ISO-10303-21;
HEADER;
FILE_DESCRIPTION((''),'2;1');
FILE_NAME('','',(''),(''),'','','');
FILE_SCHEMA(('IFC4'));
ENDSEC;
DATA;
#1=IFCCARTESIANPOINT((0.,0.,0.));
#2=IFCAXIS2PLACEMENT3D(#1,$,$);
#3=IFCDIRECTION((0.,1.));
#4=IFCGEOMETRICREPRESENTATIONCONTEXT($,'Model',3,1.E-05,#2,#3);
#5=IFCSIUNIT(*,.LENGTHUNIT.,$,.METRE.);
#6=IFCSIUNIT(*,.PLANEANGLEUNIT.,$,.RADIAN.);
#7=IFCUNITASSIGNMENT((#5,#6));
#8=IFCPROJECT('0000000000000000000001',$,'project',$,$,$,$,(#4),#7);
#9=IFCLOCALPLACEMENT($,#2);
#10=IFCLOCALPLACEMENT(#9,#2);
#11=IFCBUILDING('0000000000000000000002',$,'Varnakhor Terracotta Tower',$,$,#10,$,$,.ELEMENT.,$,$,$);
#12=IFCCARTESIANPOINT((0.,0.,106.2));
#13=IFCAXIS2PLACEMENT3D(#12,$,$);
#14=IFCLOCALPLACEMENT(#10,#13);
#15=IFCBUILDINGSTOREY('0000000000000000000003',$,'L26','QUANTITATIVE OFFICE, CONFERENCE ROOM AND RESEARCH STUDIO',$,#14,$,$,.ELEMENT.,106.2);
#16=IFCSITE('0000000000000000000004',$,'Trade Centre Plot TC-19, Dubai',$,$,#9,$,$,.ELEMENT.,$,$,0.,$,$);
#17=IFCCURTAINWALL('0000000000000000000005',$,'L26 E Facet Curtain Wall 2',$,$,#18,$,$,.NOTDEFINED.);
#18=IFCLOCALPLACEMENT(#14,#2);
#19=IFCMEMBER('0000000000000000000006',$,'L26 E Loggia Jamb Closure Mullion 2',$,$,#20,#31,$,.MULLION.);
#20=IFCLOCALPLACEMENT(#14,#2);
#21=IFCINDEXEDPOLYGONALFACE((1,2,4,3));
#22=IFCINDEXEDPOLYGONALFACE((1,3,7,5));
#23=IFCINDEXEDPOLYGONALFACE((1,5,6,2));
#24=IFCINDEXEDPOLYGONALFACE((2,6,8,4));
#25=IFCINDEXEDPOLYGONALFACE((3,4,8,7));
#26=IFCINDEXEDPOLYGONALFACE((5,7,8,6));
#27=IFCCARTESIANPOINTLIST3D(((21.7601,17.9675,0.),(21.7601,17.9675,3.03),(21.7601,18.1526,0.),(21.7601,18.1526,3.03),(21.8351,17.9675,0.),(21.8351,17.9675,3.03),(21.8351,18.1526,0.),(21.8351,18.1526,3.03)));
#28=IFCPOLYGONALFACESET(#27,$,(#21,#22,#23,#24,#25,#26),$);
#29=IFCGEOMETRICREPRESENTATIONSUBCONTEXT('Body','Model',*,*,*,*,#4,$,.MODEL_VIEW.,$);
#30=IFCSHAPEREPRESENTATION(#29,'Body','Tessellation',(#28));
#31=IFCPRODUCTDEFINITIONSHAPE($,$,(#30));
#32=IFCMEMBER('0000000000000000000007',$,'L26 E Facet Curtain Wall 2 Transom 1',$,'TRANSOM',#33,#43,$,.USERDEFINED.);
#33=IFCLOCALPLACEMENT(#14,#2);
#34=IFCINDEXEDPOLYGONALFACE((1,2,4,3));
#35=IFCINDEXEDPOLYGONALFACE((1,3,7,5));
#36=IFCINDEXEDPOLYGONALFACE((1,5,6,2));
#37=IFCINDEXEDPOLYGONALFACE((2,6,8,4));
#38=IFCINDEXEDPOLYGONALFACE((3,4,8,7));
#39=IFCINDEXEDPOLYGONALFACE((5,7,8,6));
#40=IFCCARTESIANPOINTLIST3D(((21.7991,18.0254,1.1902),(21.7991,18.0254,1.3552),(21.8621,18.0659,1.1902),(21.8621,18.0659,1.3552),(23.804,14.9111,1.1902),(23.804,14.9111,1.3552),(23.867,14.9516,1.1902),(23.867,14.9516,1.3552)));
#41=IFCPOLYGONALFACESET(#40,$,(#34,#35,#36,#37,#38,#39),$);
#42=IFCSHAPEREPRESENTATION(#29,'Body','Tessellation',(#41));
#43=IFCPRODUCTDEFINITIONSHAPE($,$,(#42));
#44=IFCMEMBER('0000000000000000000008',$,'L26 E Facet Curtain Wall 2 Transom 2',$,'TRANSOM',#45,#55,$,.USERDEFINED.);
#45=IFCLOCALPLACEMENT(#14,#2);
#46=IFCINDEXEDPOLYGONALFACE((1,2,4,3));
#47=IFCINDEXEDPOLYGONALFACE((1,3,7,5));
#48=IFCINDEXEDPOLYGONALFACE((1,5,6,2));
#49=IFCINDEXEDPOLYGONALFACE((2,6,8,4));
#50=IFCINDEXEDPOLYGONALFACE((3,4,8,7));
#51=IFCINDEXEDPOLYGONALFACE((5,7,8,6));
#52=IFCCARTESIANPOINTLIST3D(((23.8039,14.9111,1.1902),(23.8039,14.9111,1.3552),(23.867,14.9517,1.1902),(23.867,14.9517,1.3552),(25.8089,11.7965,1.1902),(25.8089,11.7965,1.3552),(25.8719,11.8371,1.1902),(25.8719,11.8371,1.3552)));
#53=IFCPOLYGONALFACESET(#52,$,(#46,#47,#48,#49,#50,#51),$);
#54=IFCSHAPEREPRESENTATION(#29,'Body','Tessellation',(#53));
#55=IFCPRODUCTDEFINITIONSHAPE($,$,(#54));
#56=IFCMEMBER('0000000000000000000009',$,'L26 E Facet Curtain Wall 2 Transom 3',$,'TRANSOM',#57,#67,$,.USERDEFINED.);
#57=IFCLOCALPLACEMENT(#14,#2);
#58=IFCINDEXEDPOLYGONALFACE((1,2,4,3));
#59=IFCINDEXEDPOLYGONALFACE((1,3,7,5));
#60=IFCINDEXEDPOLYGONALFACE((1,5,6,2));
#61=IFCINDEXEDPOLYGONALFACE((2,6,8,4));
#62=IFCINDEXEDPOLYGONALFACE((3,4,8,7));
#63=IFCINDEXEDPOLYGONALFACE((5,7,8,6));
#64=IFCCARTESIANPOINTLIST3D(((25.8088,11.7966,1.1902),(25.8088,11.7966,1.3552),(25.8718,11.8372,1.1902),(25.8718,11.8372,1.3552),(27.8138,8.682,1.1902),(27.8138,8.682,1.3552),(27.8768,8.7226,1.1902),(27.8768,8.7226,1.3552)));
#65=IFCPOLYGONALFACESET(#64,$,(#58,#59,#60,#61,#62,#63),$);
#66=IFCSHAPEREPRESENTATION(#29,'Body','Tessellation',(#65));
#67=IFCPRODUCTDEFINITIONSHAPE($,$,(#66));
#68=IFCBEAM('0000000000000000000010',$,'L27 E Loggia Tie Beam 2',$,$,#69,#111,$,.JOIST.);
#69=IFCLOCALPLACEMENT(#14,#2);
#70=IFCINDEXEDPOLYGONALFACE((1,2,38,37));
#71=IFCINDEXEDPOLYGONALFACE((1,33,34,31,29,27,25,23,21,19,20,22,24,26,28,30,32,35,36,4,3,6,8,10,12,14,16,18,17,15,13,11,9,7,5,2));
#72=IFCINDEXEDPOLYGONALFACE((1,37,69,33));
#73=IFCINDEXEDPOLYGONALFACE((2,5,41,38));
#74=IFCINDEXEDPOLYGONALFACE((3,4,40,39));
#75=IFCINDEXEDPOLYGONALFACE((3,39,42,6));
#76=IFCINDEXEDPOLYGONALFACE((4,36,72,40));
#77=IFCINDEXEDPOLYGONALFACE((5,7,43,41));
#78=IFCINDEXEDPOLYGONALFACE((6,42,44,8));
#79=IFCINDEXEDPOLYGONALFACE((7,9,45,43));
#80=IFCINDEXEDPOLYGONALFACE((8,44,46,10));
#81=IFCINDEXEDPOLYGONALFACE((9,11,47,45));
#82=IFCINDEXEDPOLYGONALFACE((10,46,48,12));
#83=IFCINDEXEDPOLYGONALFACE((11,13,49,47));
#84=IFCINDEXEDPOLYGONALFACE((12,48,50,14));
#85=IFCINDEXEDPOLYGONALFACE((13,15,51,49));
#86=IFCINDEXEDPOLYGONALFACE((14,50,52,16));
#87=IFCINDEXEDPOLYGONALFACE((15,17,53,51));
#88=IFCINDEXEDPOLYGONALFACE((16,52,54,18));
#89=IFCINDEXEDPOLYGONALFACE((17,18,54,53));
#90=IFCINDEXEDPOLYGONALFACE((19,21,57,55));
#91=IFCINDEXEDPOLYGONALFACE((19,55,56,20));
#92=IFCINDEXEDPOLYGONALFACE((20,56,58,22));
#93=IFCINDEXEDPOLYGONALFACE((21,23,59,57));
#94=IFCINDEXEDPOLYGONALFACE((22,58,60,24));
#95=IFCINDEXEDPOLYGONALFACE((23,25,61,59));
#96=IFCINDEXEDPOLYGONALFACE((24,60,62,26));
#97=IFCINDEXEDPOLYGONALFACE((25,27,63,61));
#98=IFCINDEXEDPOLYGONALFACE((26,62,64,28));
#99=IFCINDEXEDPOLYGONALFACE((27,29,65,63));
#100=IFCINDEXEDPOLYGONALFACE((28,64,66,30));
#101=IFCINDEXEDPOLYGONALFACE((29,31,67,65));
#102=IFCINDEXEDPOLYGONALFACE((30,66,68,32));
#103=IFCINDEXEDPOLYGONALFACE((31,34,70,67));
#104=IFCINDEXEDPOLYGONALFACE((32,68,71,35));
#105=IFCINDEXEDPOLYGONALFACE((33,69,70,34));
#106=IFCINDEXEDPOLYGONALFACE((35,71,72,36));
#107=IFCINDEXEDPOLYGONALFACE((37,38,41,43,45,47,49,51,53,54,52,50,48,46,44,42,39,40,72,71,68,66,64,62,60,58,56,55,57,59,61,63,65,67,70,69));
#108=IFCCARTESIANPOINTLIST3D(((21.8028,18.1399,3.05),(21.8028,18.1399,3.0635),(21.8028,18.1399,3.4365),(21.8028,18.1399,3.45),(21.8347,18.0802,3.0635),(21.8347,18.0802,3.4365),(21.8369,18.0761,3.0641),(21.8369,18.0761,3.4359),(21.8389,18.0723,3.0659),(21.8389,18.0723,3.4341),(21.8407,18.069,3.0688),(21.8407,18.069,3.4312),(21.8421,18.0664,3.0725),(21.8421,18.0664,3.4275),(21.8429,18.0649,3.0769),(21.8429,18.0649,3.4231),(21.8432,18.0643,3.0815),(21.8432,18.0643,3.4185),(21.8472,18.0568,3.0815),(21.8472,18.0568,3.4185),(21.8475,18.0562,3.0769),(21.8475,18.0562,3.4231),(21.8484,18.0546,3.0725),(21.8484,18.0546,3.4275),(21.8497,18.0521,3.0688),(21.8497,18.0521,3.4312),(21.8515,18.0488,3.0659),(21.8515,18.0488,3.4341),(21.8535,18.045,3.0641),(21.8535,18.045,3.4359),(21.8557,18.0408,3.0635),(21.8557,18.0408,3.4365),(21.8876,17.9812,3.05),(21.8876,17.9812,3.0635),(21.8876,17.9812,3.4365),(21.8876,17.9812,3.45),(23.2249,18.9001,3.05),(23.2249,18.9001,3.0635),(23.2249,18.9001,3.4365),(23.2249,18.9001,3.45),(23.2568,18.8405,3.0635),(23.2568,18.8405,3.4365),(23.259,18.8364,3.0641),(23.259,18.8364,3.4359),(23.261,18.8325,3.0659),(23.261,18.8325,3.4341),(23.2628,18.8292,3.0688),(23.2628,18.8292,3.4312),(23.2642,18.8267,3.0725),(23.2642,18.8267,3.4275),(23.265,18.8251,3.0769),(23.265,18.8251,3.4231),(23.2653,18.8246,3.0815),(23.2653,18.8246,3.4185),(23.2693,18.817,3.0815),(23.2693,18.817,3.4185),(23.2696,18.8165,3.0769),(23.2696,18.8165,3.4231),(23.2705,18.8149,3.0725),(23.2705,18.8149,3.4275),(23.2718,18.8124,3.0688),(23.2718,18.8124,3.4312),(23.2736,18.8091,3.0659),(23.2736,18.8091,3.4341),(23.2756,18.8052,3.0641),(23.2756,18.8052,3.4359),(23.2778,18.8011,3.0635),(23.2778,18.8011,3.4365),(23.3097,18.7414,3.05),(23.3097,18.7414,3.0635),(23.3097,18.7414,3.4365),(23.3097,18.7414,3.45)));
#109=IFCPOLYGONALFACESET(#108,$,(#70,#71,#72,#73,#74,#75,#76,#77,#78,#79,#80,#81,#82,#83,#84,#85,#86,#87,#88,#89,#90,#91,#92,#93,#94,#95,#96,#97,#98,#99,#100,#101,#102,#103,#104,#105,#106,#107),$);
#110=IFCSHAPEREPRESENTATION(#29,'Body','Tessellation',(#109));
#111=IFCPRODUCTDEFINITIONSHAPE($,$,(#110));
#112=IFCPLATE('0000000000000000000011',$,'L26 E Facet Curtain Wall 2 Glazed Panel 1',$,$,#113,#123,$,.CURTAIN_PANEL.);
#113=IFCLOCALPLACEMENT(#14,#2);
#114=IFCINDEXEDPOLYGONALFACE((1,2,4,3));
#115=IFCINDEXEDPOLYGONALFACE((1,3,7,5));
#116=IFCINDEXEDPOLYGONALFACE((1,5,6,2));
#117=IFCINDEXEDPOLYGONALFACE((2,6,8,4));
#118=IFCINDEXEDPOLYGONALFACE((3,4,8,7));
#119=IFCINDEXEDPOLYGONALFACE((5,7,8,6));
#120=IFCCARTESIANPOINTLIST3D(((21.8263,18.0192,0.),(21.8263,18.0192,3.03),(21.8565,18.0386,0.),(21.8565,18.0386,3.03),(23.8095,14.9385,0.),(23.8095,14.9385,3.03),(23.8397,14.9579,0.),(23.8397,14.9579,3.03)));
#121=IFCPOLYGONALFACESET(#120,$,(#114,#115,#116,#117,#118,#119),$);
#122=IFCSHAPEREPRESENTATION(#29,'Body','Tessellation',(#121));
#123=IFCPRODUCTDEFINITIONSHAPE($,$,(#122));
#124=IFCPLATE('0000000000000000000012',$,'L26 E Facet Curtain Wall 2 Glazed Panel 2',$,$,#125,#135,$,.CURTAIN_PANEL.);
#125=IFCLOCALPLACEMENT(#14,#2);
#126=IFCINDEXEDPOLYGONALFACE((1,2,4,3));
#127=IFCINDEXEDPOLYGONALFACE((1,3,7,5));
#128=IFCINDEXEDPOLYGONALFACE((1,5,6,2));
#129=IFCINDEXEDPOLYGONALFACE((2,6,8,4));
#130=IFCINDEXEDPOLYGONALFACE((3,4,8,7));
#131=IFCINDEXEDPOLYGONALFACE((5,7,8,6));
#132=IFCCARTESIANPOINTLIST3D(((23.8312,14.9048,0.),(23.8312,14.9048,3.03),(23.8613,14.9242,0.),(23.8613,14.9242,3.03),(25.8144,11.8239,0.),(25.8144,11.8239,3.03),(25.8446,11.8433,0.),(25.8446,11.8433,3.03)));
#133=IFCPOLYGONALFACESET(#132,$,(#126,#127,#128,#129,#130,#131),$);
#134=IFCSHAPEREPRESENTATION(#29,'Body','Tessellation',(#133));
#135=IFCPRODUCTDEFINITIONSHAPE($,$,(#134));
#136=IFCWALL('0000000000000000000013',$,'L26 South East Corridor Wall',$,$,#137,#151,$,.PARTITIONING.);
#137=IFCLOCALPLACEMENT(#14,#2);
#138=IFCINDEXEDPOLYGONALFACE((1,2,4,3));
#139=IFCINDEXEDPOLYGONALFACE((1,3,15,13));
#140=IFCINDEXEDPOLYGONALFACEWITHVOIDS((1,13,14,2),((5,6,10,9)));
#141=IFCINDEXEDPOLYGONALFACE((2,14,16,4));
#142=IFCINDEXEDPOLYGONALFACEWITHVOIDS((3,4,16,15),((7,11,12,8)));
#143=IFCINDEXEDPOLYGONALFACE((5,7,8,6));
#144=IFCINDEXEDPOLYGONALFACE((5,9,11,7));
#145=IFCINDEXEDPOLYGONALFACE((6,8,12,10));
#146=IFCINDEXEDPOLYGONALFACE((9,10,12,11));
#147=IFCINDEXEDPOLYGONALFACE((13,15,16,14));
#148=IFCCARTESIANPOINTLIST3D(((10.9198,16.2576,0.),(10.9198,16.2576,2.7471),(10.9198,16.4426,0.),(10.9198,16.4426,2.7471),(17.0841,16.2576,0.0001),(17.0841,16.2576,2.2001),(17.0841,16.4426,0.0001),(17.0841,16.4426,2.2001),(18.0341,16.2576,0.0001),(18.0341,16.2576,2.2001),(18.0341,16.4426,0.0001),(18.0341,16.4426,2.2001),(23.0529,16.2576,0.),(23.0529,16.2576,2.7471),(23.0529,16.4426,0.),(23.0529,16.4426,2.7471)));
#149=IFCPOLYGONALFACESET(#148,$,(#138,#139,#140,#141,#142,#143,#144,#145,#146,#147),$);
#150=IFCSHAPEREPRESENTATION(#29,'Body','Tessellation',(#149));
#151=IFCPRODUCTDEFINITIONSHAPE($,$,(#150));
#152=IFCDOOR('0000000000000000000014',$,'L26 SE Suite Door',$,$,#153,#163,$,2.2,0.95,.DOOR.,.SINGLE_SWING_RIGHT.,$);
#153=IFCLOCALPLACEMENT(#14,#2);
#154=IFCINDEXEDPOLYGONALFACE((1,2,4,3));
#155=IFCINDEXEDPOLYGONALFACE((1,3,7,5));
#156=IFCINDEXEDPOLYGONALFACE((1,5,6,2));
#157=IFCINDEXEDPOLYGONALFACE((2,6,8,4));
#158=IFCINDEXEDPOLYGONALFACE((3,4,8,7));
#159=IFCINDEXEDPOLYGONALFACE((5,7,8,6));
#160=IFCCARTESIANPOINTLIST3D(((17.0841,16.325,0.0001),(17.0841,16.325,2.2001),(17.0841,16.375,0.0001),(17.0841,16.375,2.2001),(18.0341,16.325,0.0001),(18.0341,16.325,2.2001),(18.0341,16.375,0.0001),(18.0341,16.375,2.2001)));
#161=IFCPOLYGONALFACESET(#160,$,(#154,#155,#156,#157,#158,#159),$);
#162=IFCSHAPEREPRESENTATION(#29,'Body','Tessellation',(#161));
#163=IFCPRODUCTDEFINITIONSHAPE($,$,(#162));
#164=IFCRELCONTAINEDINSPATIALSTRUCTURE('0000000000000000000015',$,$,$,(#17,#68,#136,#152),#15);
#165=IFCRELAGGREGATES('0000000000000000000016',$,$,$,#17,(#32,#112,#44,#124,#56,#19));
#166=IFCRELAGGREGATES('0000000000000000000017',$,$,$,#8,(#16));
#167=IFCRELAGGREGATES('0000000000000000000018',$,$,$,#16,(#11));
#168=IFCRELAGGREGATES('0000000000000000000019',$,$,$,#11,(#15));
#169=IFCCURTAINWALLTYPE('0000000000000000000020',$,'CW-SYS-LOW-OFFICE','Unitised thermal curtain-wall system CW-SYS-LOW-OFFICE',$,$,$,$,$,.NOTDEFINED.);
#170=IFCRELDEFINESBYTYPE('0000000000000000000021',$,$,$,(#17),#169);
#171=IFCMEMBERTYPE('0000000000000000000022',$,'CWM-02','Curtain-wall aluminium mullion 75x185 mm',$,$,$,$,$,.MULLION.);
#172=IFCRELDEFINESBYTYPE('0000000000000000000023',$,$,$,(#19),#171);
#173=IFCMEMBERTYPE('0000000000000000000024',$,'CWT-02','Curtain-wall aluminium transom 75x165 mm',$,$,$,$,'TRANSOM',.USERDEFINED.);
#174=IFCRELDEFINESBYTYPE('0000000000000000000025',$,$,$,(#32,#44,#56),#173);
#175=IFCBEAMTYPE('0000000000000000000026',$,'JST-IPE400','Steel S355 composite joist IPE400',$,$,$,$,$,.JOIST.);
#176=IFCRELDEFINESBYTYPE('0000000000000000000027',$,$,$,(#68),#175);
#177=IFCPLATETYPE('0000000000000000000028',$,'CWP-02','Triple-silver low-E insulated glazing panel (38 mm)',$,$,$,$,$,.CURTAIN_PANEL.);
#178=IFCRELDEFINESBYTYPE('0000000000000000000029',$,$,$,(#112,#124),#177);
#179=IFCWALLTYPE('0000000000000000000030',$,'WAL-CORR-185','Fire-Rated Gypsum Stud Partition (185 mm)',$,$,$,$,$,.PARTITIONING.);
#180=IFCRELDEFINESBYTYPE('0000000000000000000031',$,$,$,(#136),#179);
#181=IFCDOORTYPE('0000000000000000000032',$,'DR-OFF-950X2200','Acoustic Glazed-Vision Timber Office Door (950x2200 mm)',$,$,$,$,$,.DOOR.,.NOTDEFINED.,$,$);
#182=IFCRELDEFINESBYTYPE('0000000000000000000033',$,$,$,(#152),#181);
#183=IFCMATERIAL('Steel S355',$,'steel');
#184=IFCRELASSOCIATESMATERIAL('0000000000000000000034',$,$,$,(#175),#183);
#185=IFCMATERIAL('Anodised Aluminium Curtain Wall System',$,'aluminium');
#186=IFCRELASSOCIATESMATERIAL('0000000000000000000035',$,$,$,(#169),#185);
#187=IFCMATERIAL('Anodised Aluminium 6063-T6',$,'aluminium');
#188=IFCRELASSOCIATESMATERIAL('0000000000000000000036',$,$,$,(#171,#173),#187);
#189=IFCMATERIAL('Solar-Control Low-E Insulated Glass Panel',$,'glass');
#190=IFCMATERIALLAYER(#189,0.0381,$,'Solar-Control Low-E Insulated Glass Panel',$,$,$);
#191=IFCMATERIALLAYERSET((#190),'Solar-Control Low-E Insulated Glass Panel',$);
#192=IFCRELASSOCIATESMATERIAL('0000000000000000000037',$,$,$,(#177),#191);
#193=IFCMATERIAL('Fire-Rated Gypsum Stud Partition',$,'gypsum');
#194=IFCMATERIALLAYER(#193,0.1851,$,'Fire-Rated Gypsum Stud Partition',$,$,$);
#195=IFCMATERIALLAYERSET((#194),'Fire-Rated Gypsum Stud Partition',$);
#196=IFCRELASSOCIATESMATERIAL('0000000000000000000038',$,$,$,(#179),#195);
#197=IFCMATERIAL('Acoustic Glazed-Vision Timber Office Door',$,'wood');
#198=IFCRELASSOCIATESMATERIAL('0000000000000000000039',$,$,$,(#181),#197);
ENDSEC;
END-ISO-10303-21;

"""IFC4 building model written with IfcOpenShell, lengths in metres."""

from ifc_helpers import new_model, si_unit, direction, frame, frame_2d, origin, origin_2d, place, context, subcontext, project, spatial, rectangle, i_section, extrude, source, transform, mapped, material, layer, layer_set, material_profile, profile_set, type_object, type_shapes, element, fill, aggregate, save


model = new_model("IFC4")

# Units and contexts
model_context = context("Model", 3, precision=1e-05, world=origin(), true_north=direction((0.0, 1.0)))
body_context = subcontext(model_context, "Body", "Model", "MODEL_VIEW")
ifc_project = project(units=[si_unit("LENGTHUNIT", "METRE"), si_unit("PLANEANGLEUNIT", "RADIAN")], contexts=[model_context])

# Site, building, storey
site_placement = place(None, origin())
site = spatial("IfcSite", under=ifc_project, at=site_placement, Name="Trade Centre Plot TC-19, Dubai", CompositionType="ELEMENT", RefElevation=0.0)
building_placement = place(site_placement, origin())
building = spatial("IfcBuilding", under=site, at=building_placement, Name="Varnakhor Terracotta Tower", CompositionType="ELEMENT")
storey_placement = place(building_placement, frame((0.0, 0.0, 106.2)))
storey = spatial("IfcBuildingStorey", under=building, at=storey_placement, Name="L26", Description="QUANTITATIVE OFFICE, CONFERENCE ROOM AND RESEARCH STUDIO", CompositionType="ELEMENT", Elevation=106.2)

# Shared definitions
ifc_material_1 = material(Name="Steel S355", Category="steel")
ifc_material_profile_1 = material_profile(ifc_material_1, i_section(OverallWidth=0.1799, OverallDepth=0.3999, WebThickness=0.0085, FlangeThickness=0.0134, FilletRadius=0.0181, at=origin_2d()), Name="IPE400")
ifc_profile_set_1 = profile_set([ifc_material_profile_1], Name="Steel S355")
beam_type_1 = type_object("IfcBeamType", Name="JST-IPE400", Description="Steel S355 composite joist IPE400", PredefinedType="JOIST", material=ifc_profile_set_1)

# Curtain wall, members
ifc_material_2 = material(Name="Anodised Aluminium Curtain Wall System", Category="aluminium")
curtain_wall_type = type_object("IfcCurtainWallType", Name="CW-SYS-LOW-OFFICE", Description="Unitised thermal curtain-wall system CW-SYS-LOW-OFFICE", PredefinedType="NOTDEFINED", material=ifc_material_2)
curtain_wall_placement = place(storey_placement, origin())
curtain_wall = element("IfcCurtainWall", 1, at=curtain_wall_placement, inside=storey, type_object=curtain_wall_type, Name="L26 E Facet Curtain Wall 2", PredefinedType="NOTDEFINED")
ifc_material_3 = material(Name="Anodised Aluminium 6063-T6", Category="aluminium")
ifc_material_profile_2 = material_profile(ifc_material_3, rectangle(XDim=0.075, YDim=0.1851, at=origin_2d()), Name="ALU MULLION 75x185")
ifc_profile_set_2 = profile_set([ifc_material_profile_2], Name="Anodised Aluminium 6063-T6")
member_type_1 = type_object("IfcMemberType", Name="CWM-02", Description="Curtain-wall aluminium mullion 75x185 mm", PredefinedType="MULLION", material=ifc_profile_set_2)
shared_shape_1 = source(origin(), body_context, "Body", "SweptSolid", [
    extrude(rectangle(XDim=0.075, YDim=0.1851, at=origin_2d()), origin(), (0.0, 0.0, 1.0), 3.03),
])
type_shapes(member_type_1, [shared_shape_1])
member_1_placement = place(storey_placement, frame((21.7976, 18.0601, 0.0), z_axis=(0.0, 0.0, 1.0), x_axis=(1.0, 0.0, 0.0)))
member_1 = element("IfcMember", 2, at=member_1_placement, type_object=member_type_1, Name="L26 E Loggia Jamb Closure Mullion 2", PredefinedType="MULLION", context=body_context, shape_type="MappedRepresentation", body=[
    mapped(shared_shape_1, transform((0.0, 0.0, 0.0), scale=1.0)),
])
ifc_material_profile_3 = material_profile(ifc_material_3, rectangle(XDim=0.075, YDim=0.165, at=origin_2d()), Name="ALU TRANSOM 75x165")
ifc_profile_set_3 = profile_set([ifc_material_profile_3], Name="Anodised Aluminium 6063-T6")
member_type_2 = type_object("IfcMemberType", Name="CWT-02", Description="Curtain-wall aluminium transom 75x165 mm", ElementType="TRANSOM", PredefinedType="USERDEFINED", material=ifc_profile_set_3)
shared_shape_2 = source(origin(), body_context, "Body", "SweptSolid", [
    extrude(rectangle(XDim=0.075, YDim=0.165, at=origin_2d()), origin(), (0.0, 0.0, 1.0), 3.7039),
])
member_2_placement = place(storey_placement, frame((21.8306, 18.0457, 1.2727), z_axis=(0.541304, -0.840827, 0.0), x_axis=(0.840827, 0.541304, 0.0)))
member_2 = element("IfcMember", 3, at=member_2_placement, type_object=member_type_2, Name="L26 E Facet Curtain Wall 2 Transom 1", ObjectType="TRANSOM", PredefinedType="USERDEFINED", context=body_context, shape_type="MappedRepresentation", body=[
    mapped(shared_shape_2, transform((0.0, 0.0, 0.0), scale=1.0)),
])
shared_shape_3 = source(origin(), body_context, "Body", "SweptSolid", [
    extrude(rectangle(XDim=0.075, YDim=0.165, at=origin_2d()), origin(), (0.0, 0.0, 1.0), 3.7041),
])
member_3_placement = place(storey_placement, frame((23.8354, 14.9314, 1.2727), z_axis=(0.541274, -0.840846, 0.0), x_axis=(0.840846, 0.541274, 0.0)))
member_3 = element("IfcMember", 4, at=member_3_placement, type_object=member_type_2, Name="L26 E Facet Curtain Wall 2 Transom 2", ObjectType="TRANSOM", PredefinedType="USERDEFINED", context=body_context, shape_type="MappedRepresentation", body=[
    mapped(shared_shape_3, transform((0.0, 0.0, 0.0), scale=1.0)),
])
member_4_placement = place(storey_placement, frame((25.8403, 11.8169, 1.2727), z_axis=(0.541274, -0.840846, 0.0), x_axis=(0.840846, 0.541274, 0.0)))
member_4 = element("IfcMember", 5, at=member_4_placement, type_object=member_type_2, Name="L26 E Facet Curtain Wall 2 Transom 3", ObjectType="TRANSOM", PredefinedType="USERDEFINED", context=body_context, shape_type="MappedRepresentation", body=[
    mapped(shared_shape_3, transform((0.0, 0.0, 0.0), scale=1.0)),
])

# Beam
shared_shape_4 = source(origin(), body_context, "Body", "SweptSolid", [
    extrude(i_section(OverallWidth=0.1799, OverallDepth=0.3999, WebThickness=0.0085, FlangeThickness=0.0134, FilletRadius=0.0181, at=origin_2d()), origin(), (0.0, 0.0, 1.0), 1.6125),
])
beam_1_placement = place(storey_placement, frame((21.8452, 18.0605, 3.25), z_axis=(0.881892, 0.471452, 0.0), x_axis=(-0.471452, 0.881892, 0.0)))
element("IfcBeam", 6, at=beam_1_placement, inside=storey, type_object=beam_type_1, Name="L27 E Loggia Tie Beam 2", PredefinedType="JOIST", context=body_context, shape_type="MappedRepresentation", body=[
    mapped(shared_shape_4, transform((0.0, 0.0, 0.0), scale=1.0)),
])

# Plates
ifc_material_4 = material(Name="Solar-Control Low-E Insulated Glass Panel", Category="glass")
ifc_layer_1 = layer(ifc_material_4, 0.0381, Name="Solar-Control Low-E Insulated Glass Panel")
ifc_layer_set_1 = layer_set([ifc_layer_1], Name="Solar-Control Low-E Insulated Glass Panel")
plate_type = type_object("IfcPlateType", Name="CWP-02", Description="Triple-silver low-E insulated glazing panel (38 mm)", PredefinedType="CURTAIN_PANEL", material=ifc_layer_set_1)
shared_shape_5 = source(origin(), body_context, "Body", "SweptSolid", [
    extrude(rectangle(XDim=3.6638, YDim=0.0359, at=origin_2d()), origin(), (0.0, 0.0, 1.0), 3.03),
])
plate_1_placement = place(storey_placement, frame((22.833, 16.4885, 0.0), z_axis=(0.0, 0.0, 1.0), x_axis=(0.541283, -0.840841, 0.0)))
plate_1 = element("IfcPlate", 7, at=plate_1_placement, type_object=plate_type, Name="L26 E Facet Curtain Wall 2 Glazed Panel 1", PredefinedType="CURTAIN_PANEL", context=body_context, shape_type="MappedRepresentation", body=[
    mapped(shared_shape_5, transform((0.0, 0.0, 0.0), scale=1.0)),
])
shared_shape_6 = source(origin(), body_context, "Body", "SweptSolid", [
    extrude(rectangle(XDim=3.6641, YDim=0.0359, at=origin_2d()), origin(), (0.0, 0.0, 1.0), 3.03),
])
plate_2_placement = place(storey_placement, frame((24.8379, 13.374, 0.0), z_axis=(0.0, 0.0, 1.0), x_axis=(0.541283, -0.840841, 0.0)))
plate_2 = element("IfcPlate", 8, at=plate_2_placement, type_object=plate_type, Name="L26 E Facet Curtain Wall 2 Glazed Panel 2", PredefinedType="CURTAIN_PANEL", context=body_context, shape_type="MappedRepresentation", body=[
    mapped(shared_shape_6, transform((0.0, 0.0, 0.0), scale=1.0)),
])
aggregate(curtain_wall, [member_2, plate_1, member_3, plate_2, member_4, member_1])

# Wall, opening, door
ifc_material_5 = material(Name="Fire-Rated Gypsum Stud Partition", Category="gypsum")
ifc_layer_2 = layer(ifc_material_5, 0.1851, Name="Fire-Rated Gypsum Stud Partition")
ifc_layer_set_2 = layer_set([ifc_layer_2], Name="Fire-Rated Gypsum Stud Partition")
wall_type_1 = type_object("IfcWallType", Name="WAL-CORR-185", Description="Fire-Rated Gypsum Stud Partition (185 mm)", PredefinedType="PARTITIONING", material=ifc_layer_set_2)
wall_1_placement = place(storey_placement, frame((10.9199, 16.3501, 0.0), z_axis=(0.0, 0.0, 1.0), x_axis=(1.0, 0.0, 0.0)))
wall_1 = element("IfcWall", 9, at=wall_1_placement, inside=storey, type_object=wall_type_1, Name="L26 South East Corridor Wall", PredefinedType="PARTITIONING", context=body_context, shape_type="SweptSolid", body=[
    extrude(rectangle(XDim=12.1331, YDim=0.1851, at=frame_2d((6.0664, 0.0))), origin(), (0.0, 0.0, 1.0), 2.7471),
])
opening_1_placement = place(wall_1_placement, frame((6.1641, 0.0, 0.0)))
opening_1 = element("IfcOpeningElement", 10, at=opening_1_placement, cuts=wall_1, PredefinedType="OPENING", context=body_context, shape_type="SweptSolid", body=[
    extrude(rectangle(XDim=0.95, YDim=2.2, at=frame_2d((0.4751, 1.1001))), frame((0.0, 0.1025, 0.0), z_axis=(0.0, -1.0, 0.0), x_axis=(1.0, 0.0, 0.0)), (0.0, 0.0, 1.0), 0.2051),
])
ifc_material_6 = material(Name="Acoustic Glazed-Vision Timber Office Door", Category="wood")
door_type_1 = type_object("IfcDoorType", Name="DR-OFF-950X2200", Description="Acoustic Glazed-Vision Timber Office Door (950x2200 mm)", OperationType="NOTDEFINED", PredefinedType="DOOR", material=ifc_material_6)
shared_shape_7 = source(origin(), body_context, "Body", "SweptSolid", [
    extrude(rectangle(XDim=0.95, YDim=2.2, at=frame_2d((0.4751, 1.1001))), frame((0.0, 0.0249, 0.0), z_axis=(0.0, -1.0, 0.0), x_axis=(1.0, 0.0, 0.0)), (0.0, 0.0, 1.0), 0.05),
])
type_shapes(door_type_1, [shared_shape_7])
door_1_placement = place(opening_1_placement, origin())
door_1 = element("IfcDoor", 11, at=door_1_placement, inside=storey, type_object=door_type_1, Name="L26 SE Suite Door", OperationType="SINGLE_SWING_RIGHT", OverallHeight=2.2, OverallWidth=0.95, PredefinedType="DOOR", context=body_context, shape_type="MappedRepresentation", body=[
    mapped(shared_shape_7, transform((0.0, 0.0, 0.0), scale=1.0)),
])
fill(opening_1, door_1)

save(model, "model.ifc")
